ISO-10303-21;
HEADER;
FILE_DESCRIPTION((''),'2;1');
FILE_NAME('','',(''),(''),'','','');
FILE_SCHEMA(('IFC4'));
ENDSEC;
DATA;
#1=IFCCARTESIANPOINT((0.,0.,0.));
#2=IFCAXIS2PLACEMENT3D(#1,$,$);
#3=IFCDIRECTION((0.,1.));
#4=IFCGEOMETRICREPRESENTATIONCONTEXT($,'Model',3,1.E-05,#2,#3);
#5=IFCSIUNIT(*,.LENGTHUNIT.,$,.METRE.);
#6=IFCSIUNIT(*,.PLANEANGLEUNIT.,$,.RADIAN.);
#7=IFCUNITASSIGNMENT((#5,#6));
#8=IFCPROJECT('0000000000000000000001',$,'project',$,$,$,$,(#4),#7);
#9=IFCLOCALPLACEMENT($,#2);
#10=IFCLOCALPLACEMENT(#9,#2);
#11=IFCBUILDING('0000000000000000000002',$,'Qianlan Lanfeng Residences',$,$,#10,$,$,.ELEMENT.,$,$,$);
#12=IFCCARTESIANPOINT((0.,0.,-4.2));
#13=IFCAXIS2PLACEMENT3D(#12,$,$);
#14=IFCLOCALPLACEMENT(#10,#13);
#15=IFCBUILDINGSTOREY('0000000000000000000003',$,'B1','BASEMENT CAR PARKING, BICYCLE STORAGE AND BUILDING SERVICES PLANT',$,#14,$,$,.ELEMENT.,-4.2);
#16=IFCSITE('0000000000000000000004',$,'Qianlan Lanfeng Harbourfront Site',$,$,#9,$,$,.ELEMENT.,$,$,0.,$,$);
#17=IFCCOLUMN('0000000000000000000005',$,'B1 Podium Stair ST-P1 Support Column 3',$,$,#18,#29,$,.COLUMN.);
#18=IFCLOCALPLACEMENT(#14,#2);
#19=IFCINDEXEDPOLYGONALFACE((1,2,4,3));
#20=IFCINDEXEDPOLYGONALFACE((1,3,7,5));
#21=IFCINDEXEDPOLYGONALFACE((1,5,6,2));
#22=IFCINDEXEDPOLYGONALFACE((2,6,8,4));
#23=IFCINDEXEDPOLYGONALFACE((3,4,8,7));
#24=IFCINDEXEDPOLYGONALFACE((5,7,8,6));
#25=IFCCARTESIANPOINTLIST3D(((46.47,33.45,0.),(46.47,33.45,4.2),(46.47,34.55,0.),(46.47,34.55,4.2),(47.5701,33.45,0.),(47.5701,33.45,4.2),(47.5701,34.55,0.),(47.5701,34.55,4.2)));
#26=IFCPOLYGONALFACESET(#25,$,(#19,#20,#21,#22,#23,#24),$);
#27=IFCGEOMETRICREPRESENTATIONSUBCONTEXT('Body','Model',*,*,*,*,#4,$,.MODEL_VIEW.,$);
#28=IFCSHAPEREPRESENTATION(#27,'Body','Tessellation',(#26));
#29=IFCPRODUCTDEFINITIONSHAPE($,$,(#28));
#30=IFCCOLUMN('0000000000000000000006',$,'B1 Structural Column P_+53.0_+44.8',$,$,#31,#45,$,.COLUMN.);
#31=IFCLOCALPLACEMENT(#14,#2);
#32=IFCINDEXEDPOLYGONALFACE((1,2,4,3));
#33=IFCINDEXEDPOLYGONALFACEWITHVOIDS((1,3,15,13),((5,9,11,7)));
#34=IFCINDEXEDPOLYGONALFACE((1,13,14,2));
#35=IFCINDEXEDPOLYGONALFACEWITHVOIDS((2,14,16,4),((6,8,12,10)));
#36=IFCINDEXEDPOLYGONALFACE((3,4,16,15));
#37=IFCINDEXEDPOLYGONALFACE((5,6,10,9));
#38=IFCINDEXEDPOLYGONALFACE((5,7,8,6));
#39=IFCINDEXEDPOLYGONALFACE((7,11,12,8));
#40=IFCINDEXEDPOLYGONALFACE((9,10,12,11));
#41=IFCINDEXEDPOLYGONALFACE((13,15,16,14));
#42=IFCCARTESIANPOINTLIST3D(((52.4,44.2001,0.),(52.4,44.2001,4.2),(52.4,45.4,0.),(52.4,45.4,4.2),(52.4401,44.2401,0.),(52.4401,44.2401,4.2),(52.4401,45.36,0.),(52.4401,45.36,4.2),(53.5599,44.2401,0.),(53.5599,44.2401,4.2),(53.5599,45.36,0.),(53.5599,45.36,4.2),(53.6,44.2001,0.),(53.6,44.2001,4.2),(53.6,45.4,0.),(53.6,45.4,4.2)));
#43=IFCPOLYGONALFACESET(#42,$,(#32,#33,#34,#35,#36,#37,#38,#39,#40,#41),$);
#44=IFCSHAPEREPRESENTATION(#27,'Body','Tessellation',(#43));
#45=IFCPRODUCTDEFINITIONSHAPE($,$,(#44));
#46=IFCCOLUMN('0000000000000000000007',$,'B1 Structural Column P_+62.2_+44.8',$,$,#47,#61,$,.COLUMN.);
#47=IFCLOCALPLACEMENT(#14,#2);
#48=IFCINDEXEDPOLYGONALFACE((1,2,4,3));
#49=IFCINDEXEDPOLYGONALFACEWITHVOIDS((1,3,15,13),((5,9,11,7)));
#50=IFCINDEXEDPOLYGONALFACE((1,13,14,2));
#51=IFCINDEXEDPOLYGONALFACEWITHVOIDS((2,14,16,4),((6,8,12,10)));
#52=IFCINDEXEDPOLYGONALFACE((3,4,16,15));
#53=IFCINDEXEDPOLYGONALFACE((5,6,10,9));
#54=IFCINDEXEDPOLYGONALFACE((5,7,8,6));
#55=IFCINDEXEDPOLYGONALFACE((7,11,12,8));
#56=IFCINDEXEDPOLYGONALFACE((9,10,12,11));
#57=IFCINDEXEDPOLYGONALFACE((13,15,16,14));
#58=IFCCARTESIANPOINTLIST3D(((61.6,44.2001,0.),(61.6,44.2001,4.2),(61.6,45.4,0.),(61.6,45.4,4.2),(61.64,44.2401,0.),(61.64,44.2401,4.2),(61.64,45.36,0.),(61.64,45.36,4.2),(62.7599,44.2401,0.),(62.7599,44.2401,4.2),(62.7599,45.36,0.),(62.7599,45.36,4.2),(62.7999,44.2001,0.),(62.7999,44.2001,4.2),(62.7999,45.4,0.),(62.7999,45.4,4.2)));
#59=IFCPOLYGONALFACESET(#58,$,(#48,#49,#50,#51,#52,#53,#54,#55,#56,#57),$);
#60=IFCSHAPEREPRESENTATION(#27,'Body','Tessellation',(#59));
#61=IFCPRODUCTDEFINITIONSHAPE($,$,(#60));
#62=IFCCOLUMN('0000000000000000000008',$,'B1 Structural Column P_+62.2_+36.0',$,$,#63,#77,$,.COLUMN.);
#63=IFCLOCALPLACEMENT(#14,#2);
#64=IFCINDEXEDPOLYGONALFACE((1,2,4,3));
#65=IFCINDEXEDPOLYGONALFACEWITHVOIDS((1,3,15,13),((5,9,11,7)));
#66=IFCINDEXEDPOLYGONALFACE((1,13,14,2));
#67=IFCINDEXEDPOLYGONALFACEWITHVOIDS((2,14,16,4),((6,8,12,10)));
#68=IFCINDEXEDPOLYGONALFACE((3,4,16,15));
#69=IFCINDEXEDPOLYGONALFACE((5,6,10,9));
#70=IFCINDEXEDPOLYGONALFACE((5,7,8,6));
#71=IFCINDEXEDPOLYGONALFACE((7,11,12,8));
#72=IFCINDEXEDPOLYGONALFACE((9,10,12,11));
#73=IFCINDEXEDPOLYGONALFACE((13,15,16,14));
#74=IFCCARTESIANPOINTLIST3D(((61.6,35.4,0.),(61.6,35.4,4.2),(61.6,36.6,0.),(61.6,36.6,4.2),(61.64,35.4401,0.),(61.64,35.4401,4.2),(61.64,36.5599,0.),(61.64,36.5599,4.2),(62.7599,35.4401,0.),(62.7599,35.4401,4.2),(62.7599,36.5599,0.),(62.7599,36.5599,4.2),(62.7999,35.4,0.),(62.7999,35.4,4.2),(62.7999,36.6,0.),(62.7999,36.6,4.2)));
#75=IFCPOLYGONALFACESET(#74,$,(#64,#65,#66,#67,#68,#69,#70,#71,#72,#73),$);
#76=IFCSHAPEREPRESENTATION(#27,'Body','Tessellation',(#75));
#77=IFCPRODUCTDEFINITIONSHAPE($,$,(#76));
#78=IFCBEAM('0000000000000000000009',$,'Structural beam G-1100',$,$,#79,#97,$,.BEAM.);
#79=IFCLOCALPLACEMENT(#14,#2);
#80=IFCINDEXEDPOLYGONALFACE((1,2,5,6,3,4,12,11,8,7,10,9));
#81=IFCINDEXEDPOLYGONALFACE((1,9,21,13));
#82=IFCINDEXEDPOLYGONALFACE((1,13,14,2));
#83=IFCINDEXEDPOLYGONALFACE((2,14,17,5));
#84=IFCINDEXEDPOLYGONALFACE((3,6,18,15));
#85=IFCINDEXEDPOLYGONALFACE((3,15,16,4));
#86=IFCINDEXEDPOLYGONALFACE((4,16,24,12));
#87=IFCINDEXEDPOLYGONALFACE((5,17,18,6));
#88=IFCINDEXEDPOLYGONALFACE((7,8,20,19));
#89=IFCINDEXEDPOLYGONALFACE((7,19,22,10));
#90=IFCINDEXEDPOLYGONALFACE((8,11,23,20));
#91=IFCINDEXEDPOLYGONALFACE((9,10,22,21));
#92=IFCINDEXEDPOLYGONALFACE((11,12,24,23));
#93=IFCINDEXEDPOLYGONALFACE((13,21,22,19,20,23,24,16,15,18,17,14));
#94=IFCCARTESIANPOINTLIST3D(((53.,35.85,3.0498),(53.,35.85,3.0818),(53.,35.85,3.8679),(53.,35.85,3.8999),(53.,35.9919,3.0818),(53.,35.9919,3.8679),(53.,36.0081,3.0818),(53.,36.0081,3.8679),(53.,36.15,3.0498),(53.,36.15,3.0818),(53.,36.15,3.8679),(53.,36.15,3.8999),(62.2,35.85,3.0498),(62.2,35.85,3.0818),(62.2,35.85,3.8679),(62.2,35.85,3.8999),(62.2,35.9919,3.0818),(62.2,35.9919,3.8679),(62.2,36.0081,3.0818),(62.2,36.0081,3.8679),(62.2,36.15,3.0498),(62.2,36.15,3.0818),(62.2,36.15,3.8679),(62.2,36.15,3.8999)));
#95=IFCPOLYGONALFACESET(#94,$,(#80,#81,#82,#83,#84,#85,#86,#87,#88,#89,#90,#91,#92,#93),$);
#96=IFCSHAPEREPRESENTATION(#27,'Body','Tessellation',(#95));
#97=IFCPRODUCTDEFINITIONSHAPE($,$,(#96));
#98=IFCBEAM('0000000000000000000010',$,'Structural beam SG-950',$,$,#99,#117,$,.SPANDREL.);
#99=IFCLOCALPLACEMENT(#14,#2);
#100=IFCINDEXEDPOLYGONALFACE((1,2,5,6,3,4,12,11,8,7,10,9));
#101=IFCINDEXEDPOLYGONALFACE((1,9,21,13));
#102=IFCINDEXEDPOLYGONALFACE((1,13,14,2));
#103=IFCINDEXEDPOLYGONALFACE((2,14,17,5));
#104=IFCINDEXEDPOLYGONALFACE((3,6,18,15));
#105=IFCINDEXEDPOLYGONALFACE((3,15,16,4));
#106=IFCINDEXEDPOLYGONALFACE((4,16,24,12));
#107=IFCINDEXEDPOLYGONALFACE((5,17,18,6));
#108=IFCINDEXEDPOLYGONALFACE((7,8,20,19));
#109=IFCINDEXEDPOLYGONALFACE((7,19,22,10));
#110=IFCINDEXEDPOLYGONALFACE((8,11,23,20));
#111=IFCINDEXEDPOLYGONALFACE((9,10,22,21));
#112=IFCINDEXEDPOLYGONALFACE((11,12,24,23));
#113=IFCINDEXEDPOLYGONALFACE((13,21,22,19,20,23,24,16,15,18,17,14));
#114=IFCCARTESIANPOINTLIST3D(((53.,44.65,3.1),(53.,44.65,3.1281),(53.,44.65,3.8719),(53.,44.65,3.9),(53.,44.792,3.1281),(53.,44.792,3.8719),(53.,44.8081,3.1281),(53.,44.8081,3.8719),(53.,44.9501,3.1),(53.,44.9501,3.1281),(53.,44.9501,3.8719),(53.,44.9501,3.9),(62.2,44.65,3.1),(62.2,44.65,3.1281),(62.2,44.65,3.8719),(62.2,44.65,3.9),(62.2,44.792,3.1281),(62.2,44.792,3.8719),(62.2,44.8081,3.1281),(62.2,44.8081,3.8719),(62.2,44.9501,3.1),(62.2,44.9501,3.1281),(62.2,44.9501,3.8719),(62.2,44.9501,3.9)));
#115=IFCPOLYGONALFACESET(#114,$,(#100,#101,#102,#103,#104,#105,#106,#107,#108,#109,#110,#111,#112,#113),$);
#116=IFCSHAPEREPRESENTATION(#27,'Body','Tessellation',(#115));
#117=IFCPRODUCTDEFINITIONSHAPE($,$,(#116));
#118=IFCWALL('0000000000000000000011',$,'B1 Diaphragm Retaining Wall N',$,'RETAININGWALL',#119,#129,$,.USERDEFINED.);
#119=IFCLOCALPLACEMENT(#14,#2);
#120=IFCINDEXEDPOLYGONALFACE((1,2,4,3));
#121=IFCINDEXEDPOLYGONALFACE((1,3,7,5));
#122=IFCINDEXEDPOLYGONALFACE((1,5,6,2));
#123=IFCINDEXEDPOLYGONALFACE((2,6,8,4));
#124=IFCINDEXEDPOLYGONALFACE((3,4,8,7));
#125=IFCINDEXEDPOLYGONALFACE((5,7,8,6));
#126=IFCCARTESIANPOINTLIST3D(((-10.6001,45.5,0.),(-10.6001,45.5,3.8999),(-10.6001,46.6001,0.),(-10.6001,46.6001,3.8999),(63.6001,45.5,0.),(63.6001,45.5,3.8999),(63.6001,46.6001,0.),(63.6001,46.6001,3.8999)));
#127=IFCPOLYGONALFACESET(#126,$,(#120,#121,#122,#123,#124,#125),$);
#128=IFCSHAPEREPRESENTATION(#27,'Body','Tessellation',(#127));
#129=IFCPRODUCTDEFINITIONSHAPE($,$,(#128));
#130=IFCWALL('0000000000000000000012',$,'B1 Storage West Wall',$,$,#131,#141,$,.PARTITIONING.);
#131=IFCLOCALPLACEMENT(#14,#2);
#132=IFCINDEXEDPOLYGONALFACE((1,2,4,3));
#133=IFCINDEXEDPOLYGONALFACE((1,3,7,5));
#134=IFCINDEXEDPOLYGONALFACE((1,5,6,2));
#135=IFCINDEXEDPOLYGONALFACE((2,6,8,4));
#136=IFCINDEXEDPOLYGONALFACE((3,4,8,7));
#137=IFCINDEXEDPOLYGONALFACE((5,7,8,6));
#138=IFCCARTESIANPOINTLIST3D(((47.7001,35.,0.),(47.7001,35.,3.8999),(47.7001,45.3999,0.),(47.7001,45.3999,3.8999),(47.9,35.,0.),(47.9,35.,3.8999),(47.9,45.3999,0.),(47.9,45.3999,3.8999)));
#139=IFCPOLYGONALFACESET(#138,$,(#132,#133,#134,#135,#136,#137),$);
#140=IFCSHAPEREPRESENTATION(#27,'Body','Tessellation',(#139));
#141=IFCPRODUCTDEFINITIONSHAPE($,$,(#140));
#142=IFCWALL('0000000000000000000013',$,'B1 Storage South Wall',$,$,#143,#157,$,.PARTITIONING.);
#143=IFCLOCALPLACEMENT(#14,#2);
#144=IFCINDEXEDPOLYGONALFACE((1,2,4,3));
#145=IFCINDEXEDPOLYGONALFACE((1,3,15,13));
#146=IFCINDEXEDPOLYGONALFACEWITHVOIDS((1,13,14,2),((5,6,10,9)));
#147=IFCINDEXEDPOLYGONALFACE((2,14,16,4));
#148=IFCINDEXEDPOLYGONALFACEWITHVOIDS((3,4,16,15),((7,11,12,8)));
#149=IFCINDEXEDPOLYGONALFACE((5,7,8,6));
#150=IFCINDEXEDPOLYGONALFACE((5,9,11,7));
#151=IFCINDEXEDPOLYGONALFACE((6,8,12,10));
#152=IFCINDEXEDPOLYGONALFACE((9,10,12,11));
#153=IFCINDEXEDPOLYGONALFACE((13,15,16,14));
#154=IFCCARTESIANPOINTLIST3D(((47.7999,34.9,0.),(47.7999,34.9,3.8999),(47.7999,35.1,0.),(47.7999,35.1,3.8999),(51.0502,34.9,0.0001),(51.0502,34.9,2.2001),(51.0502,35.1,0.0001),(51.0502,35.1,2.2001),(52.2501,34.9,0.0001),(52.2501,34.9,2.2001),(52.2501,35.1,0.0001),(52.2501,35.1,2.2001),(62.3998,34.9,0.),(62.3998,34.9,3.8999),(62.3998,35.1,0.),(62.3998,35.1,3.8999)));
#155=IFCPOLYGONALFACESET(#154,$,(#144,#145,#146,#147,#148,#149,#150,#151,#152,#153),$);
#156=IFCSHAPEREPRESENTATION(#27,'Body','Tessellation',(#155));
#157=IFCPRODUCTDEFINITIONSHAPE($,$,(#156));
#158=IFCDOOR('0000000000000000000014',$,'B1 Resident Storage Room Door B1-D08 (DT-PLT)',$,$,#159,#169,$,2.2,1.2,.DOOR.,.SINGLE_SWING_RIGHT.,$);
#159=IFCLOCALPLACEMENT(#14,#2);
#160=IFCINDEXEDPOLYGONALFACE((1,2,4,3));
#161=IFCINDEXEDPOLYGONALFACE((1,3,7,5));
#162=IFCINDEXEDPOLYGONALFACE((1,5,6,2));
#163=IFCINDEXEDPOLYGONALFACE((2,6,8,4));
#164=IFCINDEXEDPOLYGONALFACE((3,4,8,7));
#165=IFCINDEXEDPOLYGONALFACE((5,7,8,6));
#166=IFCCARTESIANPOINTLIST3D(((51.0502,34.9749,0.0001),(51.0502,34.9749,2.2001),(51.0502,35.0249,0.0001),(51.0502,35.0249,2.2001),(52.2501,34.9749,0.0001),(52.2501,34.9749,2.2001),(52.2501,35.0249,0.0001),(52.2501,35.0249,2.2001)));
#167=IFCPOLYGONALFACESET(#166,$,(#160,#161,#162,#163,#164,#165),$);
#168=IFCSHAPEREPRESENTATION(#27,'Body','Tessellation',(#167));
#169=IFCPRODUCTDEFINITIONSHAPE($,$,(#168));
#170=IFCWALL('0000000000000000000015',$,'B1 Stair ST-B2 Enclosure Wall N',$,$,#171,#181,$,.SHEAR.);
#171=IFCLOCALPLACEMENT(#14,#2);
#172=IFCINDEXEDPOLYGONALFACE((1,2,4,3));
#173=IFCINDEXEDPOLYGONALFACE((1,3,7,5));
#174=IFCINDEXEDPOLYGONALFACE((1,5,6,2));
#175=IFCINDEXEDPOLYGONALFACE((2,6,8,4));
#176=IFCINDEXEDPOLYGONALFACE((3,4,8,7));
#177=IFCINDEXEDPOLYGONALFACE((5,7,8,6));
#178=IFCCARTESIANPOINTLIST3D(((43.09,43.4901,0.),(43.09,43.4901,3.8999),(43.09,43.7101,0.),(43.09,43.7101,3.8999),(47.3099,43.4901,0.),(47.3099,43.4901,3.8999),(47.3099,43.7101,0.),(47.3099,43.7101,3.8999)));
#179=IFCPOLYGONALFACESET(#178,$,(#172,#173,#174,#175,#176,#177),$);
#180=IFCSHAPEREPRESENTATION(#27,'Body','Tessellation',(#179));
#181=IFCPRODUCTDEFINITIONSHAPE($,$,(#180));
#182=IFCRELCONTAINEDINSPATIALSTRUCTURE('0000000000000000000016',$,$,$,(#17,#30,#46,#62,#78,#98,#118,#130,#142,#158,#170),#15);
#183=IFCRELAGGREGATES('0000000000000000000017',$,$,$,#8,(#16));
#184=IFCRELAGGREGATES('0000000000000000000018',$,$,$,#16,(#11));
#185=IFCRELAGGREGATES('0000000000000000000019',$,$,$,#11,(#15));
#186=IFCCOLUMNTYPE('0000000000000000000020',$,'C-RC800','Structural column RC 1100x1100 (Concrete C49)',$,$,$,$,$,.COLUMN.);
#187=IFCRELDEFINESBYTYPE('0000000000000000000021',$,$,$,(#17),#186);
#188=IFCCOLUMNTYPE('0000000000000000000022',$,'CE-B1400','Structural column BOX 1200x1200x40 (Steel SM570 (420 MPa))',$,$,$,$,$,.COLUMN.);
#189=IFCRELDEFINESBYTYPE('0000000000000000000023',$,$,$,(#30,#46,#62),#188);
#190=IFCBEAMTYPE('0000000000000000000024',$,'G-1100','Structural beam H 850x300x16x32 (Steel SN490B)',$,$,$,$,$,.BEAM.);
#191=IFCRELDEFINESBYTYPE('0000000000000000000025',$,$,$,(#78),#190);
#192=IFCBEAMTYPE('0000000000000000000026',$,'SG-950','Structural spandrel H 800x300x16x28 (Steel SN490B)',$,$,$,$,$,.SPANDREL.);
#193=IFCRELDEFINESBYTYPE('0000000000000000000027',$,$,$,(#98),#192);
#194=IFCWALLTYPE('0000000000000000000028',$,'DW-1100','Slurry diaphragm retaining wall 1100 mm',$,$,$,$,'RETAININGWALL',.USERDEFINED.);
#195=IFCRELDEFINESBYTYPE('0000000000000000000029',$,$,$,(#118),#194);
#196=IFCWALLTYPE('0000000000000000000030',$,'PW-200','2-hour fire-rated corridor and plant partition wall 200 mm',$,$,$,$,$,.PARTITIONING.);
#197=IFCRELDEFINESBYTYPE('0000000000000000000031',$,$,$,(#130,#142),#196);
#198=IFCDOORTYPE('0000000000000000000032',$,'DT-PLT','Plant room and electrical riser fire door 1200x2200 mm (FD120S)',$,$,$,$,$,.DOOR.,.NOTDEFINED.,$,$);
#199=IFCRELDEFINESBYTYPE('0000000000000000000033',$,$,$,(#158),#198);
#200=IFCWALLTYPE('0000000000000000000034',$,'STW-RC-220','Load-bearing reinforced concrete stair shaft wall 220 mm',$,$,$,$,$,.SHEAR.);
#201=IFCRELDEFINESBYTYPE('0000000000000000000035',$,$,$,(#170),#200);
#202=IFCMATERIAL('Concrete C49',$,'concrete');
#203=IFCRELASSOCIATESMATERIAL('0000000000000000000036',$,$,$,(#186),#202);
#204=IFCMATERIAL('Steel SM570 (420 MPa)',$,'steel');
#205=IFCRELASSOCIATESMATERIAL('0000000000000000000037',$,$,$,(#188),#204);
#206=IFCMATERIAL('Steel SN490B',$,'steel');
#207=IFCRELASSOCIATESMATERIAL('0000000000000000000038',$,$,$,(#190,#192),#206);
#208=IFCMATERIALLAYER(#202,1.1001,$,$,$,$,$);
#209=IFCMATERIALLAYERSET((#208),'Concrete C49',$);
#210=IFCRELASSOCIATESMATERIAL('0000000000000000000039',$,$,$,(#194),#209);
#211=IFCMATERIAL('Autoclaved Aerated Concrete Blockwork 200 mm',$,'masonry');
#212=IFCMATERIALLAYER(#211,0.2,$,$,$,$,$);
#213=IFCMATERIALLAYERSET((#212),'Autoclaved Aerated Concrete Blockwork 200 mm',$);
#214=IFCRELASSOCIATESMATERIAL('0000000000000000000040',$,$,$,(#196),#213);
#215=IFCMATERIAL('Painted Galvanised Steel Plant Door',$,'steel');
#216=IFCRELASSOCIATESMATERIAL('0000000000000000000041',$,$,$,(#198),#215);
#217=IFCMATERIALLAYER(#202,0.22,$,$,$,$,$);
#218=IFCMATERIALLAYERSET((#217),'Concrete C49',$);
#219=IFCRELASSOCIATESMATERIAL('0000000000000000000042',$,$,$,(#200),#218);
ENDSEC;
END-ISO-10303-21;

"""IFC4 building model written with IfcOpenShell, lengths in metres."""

from ifc_helpers import new_model, si_unit, direction, frame, frame_2d, origin, origin_2d, place, context, subcontext, project, spatial, rectangle, hollow_rectangle, i_section, extrude, material, layer, layer_set, material_profile, profile_set, type_object, element, fill, save


model = new_model("IFC4")

# Units and contexts
model_context = context("Model", 3, precision=1e-05, world=origin(), true_north=direction((0.0, 1.0)))
body_context = subcontext(model_context, "Body", "Model", "MODEL_VIEW")
ifc_project = project(units=[si_unit("LENGTHUNIT", "METRE"), si_unit("PLANEANGLEUNIT", "RADIAN")], contexts=[model_context])

# Site, building, storey
site_placement = place(None, origin())
site = spatial("IfcSite", under=ifc_project, at=site_placement, Name="Qianlan Lanfeng Harbourfront Site", CompositionType="ELEMENT", RefElevation=0.0)
building_placement = place(site_placement, origin())
building = spatial("IfcBuilding", under=site, at=building_placement, Name="Qianlan Lanfeng Residences", CompositionType="ELEMENT")
storey_placement = place(building_placement, frame((0.0, 0.0, -4.2)))
storey = spatial("IfcBuildingStorey", under=building, at=storey_placement, Name="B1", Description="BASEMENT CAR PARKING, BICYCLE STORAGE AND BUILDING SERVICES PLANT", CompositionType="ELEMENT", Elevation=-4.2)

# Columns
ifc_material_1 = material(Name="Concrete C49", Category="concrete")
ifc_material_profile_1 = material_profile(ifc_material_1, rectangle(XDim=1.1001, YDim=1.1001, at=origin_2d()), Name="RC 1100x1100")
ifc_profile_set_1 = profile_set([ifc_material_profile_1], Name="Concrete C49")
column_type_1 = type_object("IfcColumnType", Name="C-RC800", Description="Structural column RC 1100x1100 (Concrete C49)", PredefinedType="COLUMN", material=ifc_profile_set_1)
column_placement = place(storey_placement, frame((47.02, 34.0, 0.0), z_axis=(0.0, 0.0, 1.0), x_axis=(1.0, 0.0, 0.0)))
element("IfcColumn", 1, at=column_placement, inside=storey, type_object=column_type_1, Name="B1 Podium Stair ST-P1 Support Column 3", PredefinedType="COLUMN", context=body_context, shape_type="SweptSolid", body=[
    extrude(rectangle(XDim=1.1001, YDim=1.1001, at=origin_2d()), origin(), (0.0, 0.0, 1.0), 4.2),
])
ifc_material_2 = material(Name="Steel SM570 (420 MPa)", Category="steel")
ifc_material_profile_2 = material_profile(ifc_material_2, hollow_rectangle(XDim=1.2, YDim=1.2, WallThickness=0.04, at=origin_2d()), Name="BOX 1200x1200x40")
ifc_profile_set_2 = profile_set([ifc_material_profile_2], Name="Steel SM570 (420 MPa)")
column_type_2 = type_object("IfcColumnType", Name="CE-B1400", Description="Structural column BOX 1200x1200x40 (Steel SM570 (420 MPa))", PredefinedType="COLUMN", material=ifc_profile_set_2)
for number, where, z_axis, x_axis, name in (
    (2, (53.0, 44.8, 0.0), (0.0, 0.0, 1.0), (1.0, 0.0, 0.0), "B1 Structural Column P_+53.0_+44.8"),
    (3, (62.2, 44.8, 0.0), (0.0, 0.0, 1.0), (1.0, 0.0, 0.0), "B1 Structural Column P_+62.2_+44.8"),
    (4, (62.2, 36.0, 0.0), (0.0, 0.0, 1.0), (1.0, 0.0, 0.0), "B1 Structural Column P_+62.2_+36.0"),
):
    element("IfcColumn", number, at=place(storey_placement, frame(where, z_axis=z_axis, x_axis=x_axis)), inside=storey, type_object=column_type_2, Name=name, PredefinedType="COLUMN", context=body_context, shape_type="SweptSolid", body=[
        extrude(hollow_rectangle(XDim=1.2, YDim=1.2, WallThickness=0.04, at=origin_2d()), origin(), (0.0, 0.0, 1.0), 4.2),
    ])

# Beams
ifc_material_3 = material(Name="Steel SN490B", Category="steel")
ifc_material_profile_3 = material_profile(ifc_material_3, i_section(OverallWidth=0.3, OverallDepth=0.8501, WebThickness=0.0161, FlangeThickness=0.032, at=origin_2d()), Name="H 850x300x16x32")
ifc_profile_set_3 = profile_set([ifc_material_profile_3], Name="Steel SN490B")
beam_type_1 = type_object("IfcBeamType", Name="G-1100", Description="Structural beam H 850x300x16x32 (Steel SN490B)", PredefinedType="BEAM", material=ifc_profile_set_3)
beam_1_placement = place(storey_placement, frame((53.0, 36.0, 3.4749), z_axis=(1.0, 0.0, 0.0), x_axis=(0.0, 1.0, 0.0)))
element("IfcBeam", 5, at=beam_1_placement, inside=storey, type_object=beam_type_1, Name="Structural beam G-1100", PredefinedType="BEAM", context=body_context, shape_type="SweptSolid", body=[
    extrude(i_section(OverallWidth=0.3, OverallDepth=0.8501, WebThickness=0.0161, FlangeThickness=0.032, at=origin_2d()), origin(), (0.0, 0.0, 1.0), 9.2),
])
ifc_material_profile_4 = material_profile(ifc_material_3, i_section(OverallWidth=0.3, OverallDepth=0.8, WebThickness=0.0161, FlangeThickness=0.0281, at=origin_2d()), Name="H 800x300x16x28")
ifc_profile_set_4 = profile_set([ifc_material_profile_4], Name="Steel SN490B")
beam_type_2 = type_object("IfcBeamType", Name="SG-950", Description="Structural spandrel H 800x300x16x28 (Steel SN490B)", PredefinedType="SPANDREL", material=ifc_profile_set_4)
beam_2_placement = place(storey_placement, frame((53.0, 44.8, 3.5), z_axis=(1.0, 0.0, 0.0), x_axis=(0.0, 1.0, 0.0)))
element("IfcBeam", 6, at=beam_2_placement, inside=storey, type_object=beam_type_2, Name="Structural beam SG-950", PredefinedType="SPANDREL", context=body_context, shape_type="SweptSolid", body=[
    extrude(i_section(OverallWidth=0.3, OverallDepth=0.8, WebThickness=0.0161, FlangeThickness=0.0281, at=origin_2d()), origin(), (0.0, 0.0, 1.0), 9.2),
])

# Walls
ifc_layer_1 = layer(ifc_material_1, 1.1001)
ifc_layer_set_1 = layer_set([ifc_layer_1], Name="Concrete C49")
wall_type_1 = type_object("IfcWallType", Name="DW-1100", Description="Slurry diaphragm retaining wall 1100 mm", ElementType="RETAININGWALL", PredefinedType="USERDEFINED", material=ifc_layer_set_1)
wall_1_placement = place(storey_placement, frame((63.6001, 46.05, 0.0), z_axis=(0.0, 0.0, 1.0), x_axis=(-1.0, 0.0, 0.0)))
element("IfcWall", 7, at=wall_1_placement, inside=storey, type_object=wall_type_1, Name="B1 Diaphragm Retaining Wall N", ObjectType="RETAININGWALL", PredefinedType="USERDEFINED", context=body_context, shape_type="SweptSolid", body=[
    extrude(rectangle(XDim=74.2002, YDim=1.1001, at=frame_2d((37.1001, 0.0))), origin(), (0.0, 0.0, 1.0), 3.8999),
])
ifc_material_4 = material(Name="Autoclaved Aerated Concrete Blockwork 200 mm", Category="masonry")
ifc_layer_2 = layer(ifc_material_4, 0.2)
ifc_layer_set_2 = layer_set([ifc_layer_2], Name="Autoclaved Aerated Concrete Blockwork 200 mm")
wall_type_2 = type_object("IfcWallType", Name="PW-200", Description="2-hour fire-rated corridor and plant partition wall 200 mm", PredefinedType="PARTITIONING", material=ifc_layer_set_2)
wall_2_placement = place(storey_placement, frame((47.8, 35.0, 0.0), z_axis=(0.0, 0.0, 1.0), x_axis=(0.0, 1.0, 0.0)))
element("IfcWall", 8, at=wall_2_placement, inside=storey, type_object=wall_type_2, Name="B1 Storage West Wall", PredefinedType="PARTITIONING", context=body_context, shape_type="SweptSolid", body=[
    extrude(rectangle(XDim=10.3999, YDim=0.2, at=frame_2d((5.2, 0.0))), origin(), (0.0, 0.0, 1.0), 3.8999),
])

# Wall, opening, door
wall_3_placement = place(storey_placement, frame((47.8, 35.0, 0.0), z_axis=(0.0, 0.0, 1.0), x_axis=(1.0, 0.0, 0.0)))
wall_3 = element("IfcWall", 9, at=wall_3_placement, inside=storey, type_object=wall_type_2, Name="B1 Storage South Wall", PredefinedType="PARTITIONING", context=body_context, shape_type="SweptSolid", body=[
    extrude(rectangle(XDim=14.5999, YDim=0.2, at=frame_2d((7.2998, 0.0))), origin(), (0.0, 0.0, 1.0), 3.8999),
])
opening_1_placement = place(wall_3_placement, frame((3.25, 0.0, 0.0)))
opening_1 = element("IfcOpeningElement", 10, at=opening_1_placement, cuts=wall_3, PredefinedType="OPENING", context=body_context, shape_type="SweptSolid", body=[
    extrude(rectangle(XDim=1.2, YDim=2.2, at=frame_2d((0.6001, 1.1001))), frame((0.0, 0.1099, 0.0), z_axis=(0.0, -1.0, 0.0), x_axis=(1.0, 0.0, 0.0)), (0.0, 0.0, 1.0), 0.22),
])
ifc_material_5 = material(Name="Painted Galvanised Steel Plant Door", Category="steel")
door_type_1 = type_object("IfcDoorType", Name="DT-PLT", Description="Plant room and electrical riser fire door 1200x2200 mm (FD120S)", OperationType="NOTDEFINED", PredefinedType="DOOR", material=ifc_material_5)
door_1_placement = place(opening_1_placement, origin())
door_1 = element("IfcDoor", 11, at=door_1_placement, inside=storey, type_object=door_type_1, Name="B1 Resident Storage Room Door B1-D08 (DT-PLT)", OperationType="SINGLE_SWING_RIGHT", OverallHeight=2.2, OverallWidth=1.2, PredefinedType="DOOR", context=body_context, shape_type="SweptSolid", body=[
    extrude(rectangle(XDim=1.2, YDim=2.2, at=frame_2d((0.6001, 1.1001))), frame((0.0, 0.0249, 0.0), z_axis=(0.0, -1.0, 0.0), x_axis=(1.0, 0.0, 0.0)), (0.0, 0.0, 1.0), 0.05),
])
fill(opening_1, door_1)

# Wall
ifc_layer_3 = layer(ifc_material_1, 0.22)
ifc_layer_set_3 = layer_set([ifc_layer_3], Name="Concrete C49")
wall_type_3 = type_object("IfcWallType", Name="STW-RC-220", Description="Load-bearing reinforced concrete stair shaft wall 220 mm", PredefinedType="SHEAR", material=ifc_layer_set_3)
wall_4_placement = place(storey_placement, frame((43.0901, 43.6001, 0.0), z_axis=(0.0, 0.0, 1.0), x_axis=(1.0, 0.0, 0.0)))
element("IfcWall", 12, at=wall_4_placement, inside=storey, type_object=wall_type_3, Name="B1 Stair ST-B2 Enclosure Wall N", PredefinedType="SHEAR", context=body_context, shape_type="SweptSolid", body=[
    extrude(rectangle(XDim=4.22, YDim=0.22, at=frame_2d((2.1099, 0.0))), origin(), (0.0, 0.0, 1.0), 3.8999),
])

save(model, "model.ifc")
